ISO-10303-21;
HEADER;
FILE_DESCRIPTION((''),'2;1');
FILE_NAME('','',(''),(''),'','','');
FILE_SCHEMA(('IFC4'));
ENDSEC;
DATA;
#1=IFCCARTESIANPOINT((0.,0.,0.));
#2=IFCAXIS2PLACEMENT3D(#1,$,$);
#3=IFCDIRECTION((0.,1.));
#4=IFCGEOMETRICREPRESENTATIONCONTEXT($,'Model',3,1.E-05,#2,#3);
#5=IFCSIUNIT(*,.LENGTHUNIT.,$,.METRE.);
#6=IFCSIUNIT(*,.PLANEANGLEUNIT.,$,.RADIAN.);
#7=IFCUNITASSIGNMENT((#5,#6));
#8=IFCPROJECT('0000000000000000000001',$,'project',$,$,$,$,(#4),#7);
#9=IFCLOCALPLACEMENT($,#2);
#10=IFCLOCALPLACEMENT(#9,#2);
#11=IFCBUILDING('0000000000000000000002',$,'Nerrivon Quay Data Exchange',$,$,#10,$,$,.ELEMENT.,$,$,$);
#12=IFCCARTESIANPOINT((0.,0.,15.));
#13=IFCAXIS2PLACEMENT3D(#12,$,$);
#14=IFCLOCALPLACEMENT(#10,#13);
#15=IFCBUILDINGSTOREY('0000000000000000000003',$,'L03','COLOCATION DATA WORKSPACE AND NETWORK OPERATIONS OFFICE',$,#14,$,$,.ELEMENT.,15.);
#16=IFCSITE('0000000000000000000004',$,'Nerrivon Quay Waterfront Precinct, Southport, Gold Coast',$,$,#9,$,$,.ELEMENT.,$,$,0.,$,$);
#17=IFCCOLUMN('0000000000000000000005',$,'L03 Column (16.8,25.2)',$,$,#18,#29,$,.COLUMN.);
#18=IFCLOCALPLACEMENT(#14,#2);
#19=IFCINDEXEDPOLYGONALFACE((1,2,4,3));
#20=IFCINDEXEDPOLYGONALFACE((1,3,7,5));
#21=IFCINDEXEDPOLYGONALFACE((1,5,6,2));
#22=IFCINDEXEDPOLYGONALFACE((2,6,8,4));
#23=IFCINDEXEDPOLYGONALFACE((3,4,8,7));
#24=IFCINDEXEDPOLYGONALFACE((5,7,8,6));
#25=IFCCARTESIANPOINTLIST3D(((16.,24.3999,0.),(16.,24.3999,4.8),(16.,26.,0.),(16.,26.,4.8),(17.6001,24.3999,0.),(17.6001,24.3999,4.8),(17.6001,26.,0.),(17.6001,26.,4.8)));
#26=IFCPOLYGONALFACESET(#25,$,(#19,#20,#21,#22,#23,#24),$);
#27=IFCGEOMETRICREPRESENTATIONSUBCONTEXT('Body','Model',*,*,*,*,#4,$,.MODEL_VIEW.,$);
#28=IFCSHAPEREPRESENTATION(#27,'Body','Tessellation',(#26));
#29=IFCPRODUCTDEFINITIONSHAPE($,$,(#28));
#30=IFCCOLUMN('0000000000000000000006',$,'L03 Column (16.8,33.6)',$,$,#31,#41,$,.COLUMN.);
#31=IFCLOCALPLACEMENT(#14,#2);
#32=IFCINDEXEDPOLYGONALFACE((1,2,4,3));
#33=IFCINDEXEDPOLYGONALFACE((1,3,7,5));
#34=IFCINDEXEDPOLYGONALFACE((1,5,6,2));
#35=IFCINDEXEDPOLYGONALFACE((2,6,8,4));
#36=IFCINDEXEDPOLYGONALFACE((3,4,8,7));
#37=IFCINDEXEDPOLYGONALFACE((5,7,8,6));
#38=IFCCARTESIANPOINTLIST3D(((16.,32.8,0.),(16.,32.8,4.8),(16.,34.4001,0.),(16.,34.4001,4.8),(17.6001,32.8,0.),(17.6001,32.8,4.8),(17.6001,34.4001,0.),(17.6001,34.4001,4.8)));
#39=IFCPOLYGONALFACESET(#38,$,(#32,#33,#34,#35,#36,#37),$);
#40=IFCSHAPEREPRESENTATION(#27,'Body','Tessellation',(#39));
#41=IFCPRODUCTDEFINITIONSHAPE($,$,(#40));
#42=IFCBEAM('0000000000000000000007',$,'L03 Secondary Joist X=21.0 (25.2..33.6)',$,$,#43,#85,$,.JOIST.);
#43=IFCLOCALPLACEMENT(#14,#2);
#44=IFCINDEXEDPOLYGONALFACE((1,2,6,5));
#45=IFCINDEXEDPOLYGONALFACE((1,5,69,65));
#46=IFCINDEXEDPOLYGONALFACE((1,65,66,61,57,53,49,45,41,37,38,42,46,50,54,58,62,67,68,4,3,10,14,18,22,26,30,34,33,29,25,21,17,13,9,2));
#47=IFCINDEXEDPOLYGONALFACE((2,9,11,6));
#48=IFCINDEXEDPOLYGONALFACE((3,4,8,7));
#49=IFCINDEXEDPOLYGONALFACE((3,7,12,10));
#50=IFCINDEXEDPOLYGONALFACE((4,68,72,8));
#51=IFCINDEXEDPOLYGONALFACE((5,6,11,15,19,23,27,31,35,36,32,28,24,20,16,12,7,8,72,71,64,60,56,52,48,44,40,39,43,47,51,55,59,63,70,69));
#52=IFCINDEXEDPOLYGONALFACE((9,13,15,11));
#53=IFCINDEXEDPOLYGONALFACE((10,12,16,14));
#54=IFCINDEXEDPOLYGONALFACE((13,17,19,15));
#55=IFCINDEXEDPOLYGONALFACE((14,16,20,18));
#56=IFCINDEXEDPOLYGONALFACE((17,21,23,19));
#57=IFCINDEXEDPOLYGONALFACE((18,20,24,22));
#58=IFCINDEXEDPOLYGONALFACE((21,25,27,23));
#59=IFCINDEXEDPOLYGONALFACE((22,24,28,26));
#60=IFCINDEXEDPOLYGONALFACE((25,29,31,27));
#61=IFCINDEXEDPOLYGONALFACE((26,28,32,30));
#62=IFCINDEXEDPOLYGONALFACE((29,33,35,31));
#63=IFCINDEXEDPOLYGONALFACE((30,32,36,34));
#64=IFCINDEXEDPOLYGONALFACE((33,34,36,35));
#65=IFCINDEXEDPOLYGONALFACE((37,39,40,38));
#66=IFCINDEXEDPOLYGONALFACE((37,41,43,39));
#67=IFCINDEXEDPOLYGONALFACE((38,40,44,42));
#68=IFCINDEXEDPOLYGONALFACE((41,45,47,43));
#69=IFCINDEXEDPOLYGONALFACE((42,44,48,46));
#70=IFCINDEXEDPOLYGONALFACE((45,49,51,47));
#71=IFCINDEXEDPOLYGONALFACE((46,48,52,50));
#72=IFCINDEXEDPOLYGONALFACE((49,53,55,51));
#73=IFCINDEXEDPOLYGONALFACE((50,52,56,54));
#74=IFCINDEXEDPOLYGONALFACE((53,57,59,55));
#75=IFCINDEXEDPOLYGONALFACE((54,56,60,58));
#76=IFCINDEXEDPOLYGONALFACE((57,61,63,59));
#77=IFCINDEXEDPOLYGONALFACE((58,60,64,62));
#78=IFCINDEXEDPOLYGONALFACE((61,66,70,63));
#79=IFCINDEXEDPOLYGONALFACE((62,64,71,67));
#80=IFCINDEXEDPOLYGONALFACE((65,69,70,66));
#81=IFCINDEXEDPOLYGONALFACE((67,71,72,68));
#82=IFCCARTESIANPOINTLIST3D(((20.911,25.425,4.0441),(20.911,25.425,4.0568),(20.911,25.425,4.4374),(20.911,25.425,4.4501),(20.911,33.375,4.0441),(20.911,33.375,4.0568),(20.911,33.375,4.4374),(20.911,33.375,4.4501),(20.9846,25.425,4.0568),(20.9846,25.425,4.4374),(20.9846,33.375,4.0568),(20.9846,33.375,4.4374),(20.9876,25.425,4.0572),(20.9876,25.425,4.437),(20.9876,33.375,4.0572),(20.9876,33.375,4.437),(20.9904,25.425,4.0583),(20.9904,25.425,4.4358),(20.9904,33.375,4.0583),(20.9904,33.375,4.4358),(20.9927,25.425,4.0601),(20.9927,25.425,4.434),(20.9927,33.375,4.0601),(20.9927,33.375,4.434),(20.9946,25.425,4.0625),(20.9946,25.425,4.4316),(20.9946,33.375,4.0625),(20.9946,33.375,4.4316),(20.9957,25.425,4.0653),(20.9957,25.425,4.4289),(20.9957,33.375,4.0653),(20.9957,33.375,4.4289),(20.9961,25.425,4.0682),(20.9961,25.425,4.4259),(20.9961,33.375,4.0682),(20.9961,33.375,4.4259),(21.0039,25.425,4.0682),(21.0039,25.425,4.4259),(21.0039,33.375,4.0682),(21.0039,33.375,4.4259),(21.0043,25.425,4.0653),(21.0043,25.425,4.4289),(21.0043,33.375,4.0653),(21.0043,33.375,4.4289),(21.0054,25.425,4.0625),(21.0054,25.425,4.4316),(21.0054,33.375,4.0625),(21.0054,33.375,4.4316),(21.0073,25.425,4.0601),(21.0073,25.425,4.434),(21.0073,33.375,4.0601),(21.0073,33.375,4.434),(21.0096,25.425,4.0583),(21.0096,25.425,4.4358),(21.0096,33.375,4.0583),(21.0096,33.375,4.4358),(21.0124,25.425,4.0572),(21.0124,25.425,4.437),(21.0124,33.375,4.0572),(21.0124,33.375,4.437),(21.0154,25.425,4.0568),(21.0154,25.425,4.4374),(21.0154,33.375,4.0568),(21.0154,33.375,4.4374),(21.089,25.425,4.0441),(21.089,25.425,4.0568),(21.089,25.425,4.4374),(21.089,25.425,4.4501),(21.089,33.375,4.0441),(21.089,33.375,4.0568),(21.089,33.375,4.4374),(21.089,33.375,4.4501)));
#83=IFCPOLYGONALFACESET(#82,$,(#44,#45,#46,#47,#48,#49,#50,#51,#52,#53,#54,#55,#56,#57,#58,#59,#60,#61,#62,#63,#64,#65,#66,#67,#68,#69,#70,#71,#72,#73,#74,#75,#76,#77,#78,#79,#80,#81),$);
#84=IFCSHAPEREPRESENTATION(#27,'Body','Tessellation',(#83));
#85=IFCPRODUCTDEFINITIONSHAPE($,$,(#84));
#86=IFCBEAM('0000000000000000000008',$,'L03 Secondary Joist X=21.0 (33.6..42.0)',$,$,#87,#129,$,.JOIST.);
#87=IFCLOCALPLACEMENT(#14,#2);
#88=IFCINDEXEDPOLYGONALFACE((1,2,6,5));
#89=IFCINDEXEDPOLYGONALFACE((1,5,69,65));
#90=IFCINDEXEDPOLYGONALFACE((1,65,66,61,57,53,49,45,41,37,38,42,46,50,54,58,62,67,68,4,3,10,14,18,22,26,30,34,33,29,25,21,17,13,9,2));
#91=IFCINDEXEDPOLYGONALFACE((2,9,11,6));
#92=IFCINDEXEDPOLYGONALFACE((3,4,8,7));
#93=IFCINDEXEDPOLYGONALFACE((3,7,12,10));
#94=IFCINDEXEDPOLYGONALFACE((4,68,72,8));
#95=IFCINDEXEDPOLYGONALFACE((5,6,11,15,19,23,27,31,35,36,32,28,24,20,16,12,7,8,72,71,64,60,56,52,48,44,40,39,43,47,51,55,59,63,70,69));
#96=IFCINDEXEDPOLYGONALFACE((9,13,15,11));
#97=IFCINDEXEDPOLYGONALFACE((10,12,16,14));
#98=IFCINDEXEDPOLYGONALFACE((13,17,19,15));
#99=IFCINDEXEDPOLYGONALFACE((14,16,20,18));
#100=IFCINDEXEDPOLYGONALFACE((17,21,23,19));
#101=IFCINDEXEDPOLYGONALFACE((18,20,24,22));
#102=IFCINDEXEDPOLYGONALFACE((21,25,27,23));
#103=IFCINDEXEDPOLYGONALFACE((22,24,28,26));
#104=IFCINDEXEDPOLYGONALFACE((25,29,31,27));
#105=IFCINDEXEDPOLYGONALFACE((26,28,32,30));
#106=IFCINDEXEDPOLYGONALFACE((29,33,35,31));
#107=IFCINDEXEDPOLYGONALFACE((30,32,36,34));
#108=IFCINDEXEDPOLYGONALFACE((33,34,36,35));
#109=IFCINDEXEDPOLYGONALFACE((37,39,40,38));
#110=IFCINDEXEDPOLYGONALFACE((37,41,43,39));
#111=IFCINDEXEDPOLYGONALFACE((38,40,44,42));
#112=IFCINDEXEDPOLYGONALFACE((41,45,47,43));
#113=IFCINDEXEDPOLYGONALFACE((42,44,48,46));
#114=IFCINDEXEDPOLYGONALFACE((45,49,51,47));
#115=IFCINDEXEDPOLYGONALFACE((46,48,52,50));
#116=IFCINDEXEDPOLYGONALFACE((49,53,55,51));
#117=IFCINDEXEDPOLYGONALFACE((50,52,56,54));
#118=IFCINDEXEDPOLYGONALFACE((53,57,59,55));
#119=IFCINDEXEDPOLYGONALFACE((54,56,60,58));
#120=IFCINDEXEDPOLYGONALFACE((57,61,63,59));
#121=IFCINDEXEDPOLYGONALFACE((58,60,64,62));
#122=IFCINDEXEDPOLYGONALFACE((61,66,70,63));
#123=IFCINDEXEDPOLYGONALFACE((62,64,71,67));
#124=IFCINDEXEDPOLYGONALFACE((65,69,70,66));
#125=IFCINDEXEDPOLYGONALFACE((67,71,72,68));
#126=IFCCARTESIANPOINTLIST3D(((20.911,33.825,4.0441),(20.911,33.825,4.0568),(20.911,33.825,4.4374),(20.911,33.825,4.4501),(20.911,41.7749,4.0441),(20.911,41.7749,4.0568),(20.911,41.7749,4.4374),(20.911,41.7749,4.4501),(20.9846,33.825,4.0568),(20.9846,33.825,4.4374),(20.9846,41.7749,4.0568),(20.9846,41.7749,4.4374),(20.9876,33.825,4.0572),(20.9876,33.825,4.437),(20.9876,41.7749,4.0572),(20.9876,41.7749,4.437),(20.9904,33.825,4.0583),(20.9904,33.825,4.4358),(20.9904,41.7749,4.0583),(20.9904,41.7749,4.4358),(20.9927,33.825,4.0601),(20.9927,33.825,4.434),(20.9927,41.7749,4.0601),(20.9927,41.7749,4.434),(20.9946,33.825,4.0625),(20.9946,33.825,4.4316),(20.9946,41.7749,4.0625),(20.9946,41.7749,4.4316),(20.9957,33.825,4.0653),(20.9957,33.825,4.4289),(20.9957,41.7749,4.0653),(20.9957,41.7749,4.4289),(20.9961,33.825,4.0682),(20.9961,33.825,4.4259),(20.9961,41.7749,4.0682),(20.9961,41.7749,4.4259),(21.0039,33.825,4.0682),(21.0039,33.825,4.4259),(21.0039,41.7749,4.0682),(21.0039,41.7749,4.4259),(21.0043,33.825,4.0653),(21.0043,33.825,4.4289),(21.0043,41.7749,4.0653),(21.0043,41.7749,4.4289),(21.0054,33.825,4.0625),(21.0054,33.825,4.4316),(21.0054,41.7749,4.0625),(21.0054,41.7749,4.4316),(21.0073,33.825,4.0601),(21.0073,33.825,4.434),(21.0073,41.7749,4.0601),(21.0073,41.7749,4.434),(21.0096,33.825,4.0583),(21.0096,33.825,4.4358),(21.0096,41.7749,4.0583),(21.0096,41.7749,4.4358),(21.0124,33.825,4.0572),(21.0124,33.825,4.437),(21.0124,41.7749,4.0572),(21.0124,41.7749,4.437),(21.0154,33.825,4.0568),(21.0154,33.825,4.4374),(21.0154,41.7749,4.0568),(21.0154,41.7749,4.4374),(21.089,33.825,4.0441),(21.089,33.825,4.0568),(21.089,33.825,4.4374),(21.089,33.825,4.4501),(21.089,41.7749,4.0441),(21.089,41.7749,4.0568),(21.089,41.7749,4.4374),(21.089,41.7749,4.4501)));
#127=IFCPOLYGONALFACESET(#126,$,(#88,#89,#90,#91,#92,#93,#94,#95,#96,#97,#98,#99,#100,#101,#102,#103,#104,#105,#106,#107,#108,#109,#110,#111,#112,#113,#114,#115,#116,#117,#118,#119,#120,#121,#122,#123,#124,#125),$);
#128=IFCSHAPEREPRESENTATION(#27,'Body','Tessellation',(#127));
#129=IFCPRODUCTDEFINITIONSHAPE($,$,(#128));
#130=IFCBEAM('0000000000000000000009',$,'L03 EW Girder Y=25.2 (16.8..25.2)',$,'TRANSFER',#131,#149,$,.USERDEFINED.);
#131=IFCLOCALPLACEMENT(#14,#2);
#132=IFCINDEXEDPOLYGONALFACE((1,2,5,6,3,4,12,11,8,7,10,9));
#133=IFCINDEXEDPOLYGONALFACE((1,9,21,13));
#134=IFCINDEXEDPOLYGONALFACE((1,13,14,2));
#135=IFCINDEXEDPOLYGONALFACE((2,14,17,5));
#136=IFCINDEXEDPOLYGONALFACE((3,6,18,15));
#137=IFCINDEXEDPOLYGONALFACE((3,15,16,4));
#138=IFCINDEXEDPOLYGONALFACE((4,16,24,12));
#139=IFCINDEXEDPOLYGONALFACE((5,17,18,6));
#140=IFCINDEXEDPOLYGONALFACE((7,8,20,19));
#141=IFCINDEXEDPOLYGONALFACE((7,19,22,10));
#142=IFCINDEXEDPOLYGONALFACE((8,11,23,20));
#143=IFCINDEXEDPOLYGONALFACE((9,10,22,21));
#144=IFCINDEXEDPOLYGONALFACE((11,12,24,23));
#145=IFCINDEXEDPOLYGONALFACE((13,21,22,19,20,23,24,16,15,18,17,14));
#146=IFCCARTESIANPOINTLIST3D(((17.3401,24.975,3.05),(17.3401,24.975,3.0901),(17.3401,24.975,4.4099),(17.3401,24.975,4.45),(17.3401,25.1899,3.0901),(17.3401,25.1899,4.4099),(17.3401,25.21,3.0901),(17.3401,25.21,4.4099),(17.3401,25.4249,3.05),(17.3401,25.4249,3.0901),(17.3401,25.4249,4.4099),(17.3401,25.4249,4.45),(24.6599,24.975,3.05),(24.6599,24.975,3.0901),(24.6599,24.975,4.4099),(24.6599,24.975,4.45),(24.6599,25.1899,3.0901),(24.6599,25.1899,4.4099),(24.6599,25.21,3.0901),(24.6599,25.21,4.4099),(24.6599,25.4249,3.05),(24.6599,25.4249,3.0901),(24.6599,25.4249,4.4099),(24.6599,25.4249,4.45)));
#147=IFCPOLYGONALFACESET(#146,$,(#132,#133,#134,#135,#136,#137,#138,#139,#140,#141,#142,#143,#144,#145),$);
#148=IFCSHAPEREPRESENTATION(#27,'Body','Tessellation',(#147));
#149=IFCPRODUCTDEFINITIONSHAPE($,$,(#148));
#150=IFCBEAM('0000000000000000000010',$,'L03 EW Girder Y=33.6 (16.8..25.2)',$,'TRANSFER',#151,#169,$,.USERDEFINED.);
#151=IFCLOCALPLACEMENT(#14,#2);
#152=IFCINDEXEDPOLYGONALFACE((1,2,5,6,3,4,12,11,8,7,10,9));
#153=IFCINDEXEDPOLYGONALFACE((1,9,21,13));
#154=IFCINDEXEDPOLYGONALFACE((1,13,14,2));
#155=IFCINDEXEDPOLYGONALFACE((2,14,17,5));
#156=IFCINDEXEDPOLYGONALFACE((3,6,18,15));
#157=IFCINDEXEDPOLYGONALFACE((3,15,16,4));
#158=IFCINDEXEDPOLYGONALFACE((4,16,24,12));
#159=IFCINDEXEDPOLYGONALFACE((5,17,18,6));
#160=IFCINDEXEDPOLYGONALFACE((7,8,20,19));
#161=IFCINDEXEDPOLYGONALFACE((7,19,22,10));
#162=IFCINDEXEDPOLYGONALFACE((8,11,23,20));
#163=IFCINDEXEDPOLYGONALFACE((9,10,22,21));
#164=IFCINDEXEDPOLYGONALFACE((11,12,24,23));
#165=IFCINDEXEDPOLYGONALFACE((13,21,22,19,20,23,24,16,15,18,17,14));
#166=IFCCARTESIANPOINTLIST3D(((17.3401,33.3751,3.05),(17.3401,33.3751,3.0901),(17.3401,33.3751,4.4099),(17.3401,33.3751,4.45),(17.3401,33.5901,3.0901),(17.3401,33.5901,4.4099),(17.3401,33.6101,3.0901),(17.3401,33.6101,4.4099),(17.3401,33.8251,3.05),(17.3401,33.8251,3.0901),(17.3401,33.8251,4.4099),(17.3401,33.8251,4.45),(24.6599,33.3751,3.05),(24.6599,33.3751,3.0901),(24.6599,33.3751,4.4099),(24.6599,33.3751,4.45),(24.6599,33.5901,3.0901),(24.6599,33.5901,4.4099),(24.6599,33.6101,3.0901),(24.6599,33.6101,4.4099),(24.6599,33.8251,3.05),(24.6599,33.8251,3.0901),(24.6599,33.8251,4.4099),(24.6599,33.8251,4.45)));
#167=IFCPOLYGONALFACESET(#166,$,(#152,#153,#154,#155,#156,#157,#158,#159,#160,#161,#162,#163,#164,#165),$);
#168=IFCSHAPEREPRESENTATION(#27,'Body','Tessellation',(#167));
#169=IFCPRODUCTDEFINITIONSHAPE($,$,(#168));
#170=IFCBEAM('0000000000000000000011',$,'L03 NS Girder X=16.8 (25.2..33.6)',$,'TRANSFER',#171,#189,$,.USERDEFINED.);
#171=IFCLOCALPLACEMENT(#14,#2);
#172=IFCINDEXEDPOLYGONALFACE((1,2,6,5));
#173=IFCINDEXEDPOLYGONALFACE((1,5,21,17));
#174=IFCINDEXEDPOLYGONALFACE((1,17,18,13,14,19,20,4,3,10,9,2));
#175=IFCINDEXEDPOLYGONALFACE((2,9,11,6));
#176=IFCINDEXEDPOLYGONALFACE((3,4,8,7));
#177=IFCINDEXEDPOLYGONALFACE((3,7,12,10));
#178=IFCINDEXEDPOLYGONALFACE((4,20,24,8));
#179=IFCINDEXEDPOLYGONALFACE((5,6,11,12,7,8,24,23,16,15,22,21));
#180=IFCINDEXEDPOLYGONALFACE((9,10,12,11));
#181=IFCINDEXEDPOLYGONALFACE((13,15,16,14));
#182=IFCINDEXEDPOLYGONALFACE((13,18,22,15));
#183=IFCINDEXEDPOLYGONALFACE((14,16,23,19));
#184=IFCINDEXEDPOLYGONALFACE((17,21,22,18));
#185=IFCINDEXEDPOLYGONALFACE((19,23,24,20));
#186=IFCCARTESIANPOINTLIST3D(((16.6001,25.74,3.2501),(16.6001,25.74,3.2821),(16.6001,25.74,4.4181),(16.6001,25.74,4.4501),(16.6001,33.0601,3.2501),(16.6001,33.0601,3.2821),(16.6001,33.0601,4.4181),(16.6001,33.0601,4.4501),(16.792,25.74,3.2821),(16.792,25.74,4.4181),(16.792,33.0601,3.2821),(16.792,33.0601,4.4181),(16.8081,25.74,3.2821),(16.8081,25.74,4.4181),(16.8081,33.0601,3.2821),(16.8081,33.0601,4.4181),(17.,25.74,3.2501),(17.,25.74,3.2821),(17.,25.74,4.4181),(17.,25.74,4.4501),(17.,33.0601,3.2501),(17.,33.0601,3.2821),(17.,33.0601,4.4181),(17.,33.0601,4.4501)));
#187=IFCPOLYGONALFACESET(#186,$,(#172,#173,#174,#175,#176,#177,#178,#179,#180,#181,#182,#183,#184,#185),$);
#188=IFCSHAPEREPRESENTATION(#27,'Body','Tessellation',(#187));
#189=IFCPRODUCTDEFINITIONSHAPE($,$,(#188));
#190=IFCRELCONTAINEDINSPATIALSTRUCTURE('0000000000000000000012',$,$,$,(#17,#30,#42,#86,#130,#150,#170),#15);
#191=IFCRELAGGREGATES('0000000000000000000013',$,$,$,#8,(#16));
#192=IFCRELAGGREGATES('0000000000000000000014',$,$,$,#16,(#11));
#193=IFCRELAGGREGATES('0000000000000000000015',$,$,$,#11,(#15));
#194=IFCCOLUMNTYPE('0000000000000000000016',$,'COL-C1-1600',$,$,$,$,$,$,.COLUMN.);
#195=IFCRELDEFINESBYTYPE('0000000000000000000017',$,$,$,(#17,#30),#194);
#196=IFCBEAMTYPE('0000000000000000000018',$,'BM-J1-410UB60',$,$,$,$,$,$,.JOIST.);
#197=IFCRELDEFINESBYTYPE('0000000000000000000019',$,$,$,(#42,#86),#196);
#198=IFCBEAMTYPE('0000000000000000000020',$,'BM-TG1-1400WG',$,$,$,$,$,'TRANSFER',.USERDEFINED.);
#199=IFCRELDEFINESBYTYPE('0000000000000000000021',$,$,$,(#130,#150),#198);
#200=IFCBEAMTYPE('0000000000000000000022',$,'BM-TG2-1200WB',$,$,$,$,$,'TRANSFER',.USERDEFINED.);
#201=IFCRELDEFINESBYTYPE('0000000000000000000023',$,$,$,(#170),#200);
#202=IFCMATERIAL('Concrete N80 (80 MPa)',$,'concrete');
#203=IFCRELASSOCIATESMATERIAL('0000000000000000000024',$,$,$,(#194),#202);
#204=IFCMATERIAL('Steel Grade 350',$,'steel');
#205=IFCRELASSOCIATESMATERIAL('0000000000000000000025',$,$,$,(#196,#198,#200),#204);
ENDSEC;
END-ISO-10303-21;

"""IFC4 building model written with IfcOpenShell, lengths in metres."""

from ifc_helpers import new_model, si_unit, direction, frame, origin, origin_2d, place, context, subcontext, project, spatial, rectangle, i_section, extrude, material, material_profile, profile_set, type_object, element, save


model = new_model("IFC4")

# Units and contexts
model_context = context("Model", 3, precision=1e-05, world=origin(), true_north=direction((0.0, 1.0)))
body_context = subcontext(model_context, "Body", "Model", "MODEL_VIEW")
ifc_project = project(units=[si_unit("LENGTHUNIT", "METRE"), si_unit("PLANEANGLEUNIT", "RADIAN")], contexts=[model_context])

# Site, building, storey
site_placement = place(None, origin())
site = spatial("IfcSite", under=ifc_project, at=site_placement, Name="Nerrivon Quay Waterfront Precinct, Southport, Gold Coast", CompositionType="ELEMENT", RefElevation=0.0)
building_placement = place(site_placement, origin())
building = spatial("IfcBuilding", under=site, at=building_placement, Name="Nerrivon Quay Data Exchange", CompositionType="ELEMENT")
storey_placement = place(building_placement, frame((0.0, 0.0, 15.0)))
storey = spatial("IfcBuildingStorey", under=building, at=storey_placement, Name="L03", Description="COLOCATION DATA WORKSPACE AND NETWORK OPERATIONS OFFICE", CompositionType="ELEMENT", Elevation=15.0)

# Columns
ifc_material_1 = material(Name="Concrete N80 (80 MPa)", Category="concrete")
ifc_material_profile_1 = material_profile(ifc_material_1, rectangle(XDim=1.6001, YDim=1.6001, at=origin_2d()), Name="RC-COL-1600x1600")
ifc_profile_set_1 = profile_set([ifc_material_profile_1], Name="Concrete N80 (80 MPa)")
column_type = type_object("IfcColumnType", Name="COL-C1-1600", PredefinedType="COLUMN", material=ifc_profile_set_1)
for number, where, z_axis, x_axis, name in (
    (1, (16.8, 25.2, 0.0), (0.0, 0.0, 1.0), (1.0, 0.0, 0.0), "L03 Column (16.8,25.2)"),
    (2, (16.8, 33.6001, 0.0), (0.0, 0.0, 1.0), (1.0, 0.0, 0.0), "L03 Column (16.8,33.6)"),
):
    element("IfcColumn", number, at=place(storey_placement, frame(where, z_axis=z_axis, x_axis=x_axis)), inside=storey, type_object=column_type, Name=name, PredefinedType="COLUMN", context=body_context, shape_type="SweptSolid", body=[
        extrude(rectangle(XDim=1.6001, YDim=1.6001, at=origin_2d()), origin(), (0.0, 0.0, 1.0), 4.8),
    ])

# Beams
ifc_material_2 = material(Name="Steel Grade 350", Category="steel")
ifc_material_profile_2 = material_profile(ifc_material_2, i_section(OverallWidth=0.178, OverallDepth=0.406, WebThickness=0.0078, FlangeThickness=0.0127, FilletRadius=0.0115, at=origin_2d()), Name="410UB59.7")
ifc_profile_set_2 = profile_set([ifc_material_profile_2], Name="Steel Grade 350")
beam_type_1 = type_object("IfcBeamType", Name="BM-J1-410UB60", PredefinedType="JOIST", material=ifc_profile_set_2)
for number, where, z_axis, x_axis, name in (
    (3, (21.0, 25.425, 4.2471), (0.0, 1.0, 0.0), (-1.0, 0.0, 0.0), "L03 Secondary Joist X=21.0 (25.2..33.6)"),
    (4, (21.0, 33.825, 4.2471), (0.0, 1.0, 0.0), (-1.0, 0.0, 0.0), "L03 Secondary Joist X=21.0 (33.6..42.0)"),
):
    element("IfcBeam", number, at=place(storey_placement, frame(where, z_axis=z_axis, x_axis=x_axis)), inside=storey, type_object=beam_type_1, Name=name, PredefinedType="JOIST", context=body_context, shape_type="SweptSolid", body=[
        extrude(i_section(OverallWidth=0.178, OverallDepth=0.406, WebThickness=0.0078, FlangeThickness=0.0127, FilletRadius=0.0115, at=origin_2d()), origin(), (0.0, 0.0, 1.0), 7.95),
    ])
ifc_material_profile_3 = material_profile(ifc_material_2, i_section(OverallWidth=0.45, OverallDepth=1.3999, WebThickness=0.02, FlangeThickness=0.04, at=origin_2d()), Name="1400WG455")
ifc_profile_set_3 = profile_set([ifc_material_profile_3], Name="Steel Grade 350")
beam_type_2 = type_object("IfcBeamType", Name="BM-TG1-1400WG", ElementType="TRANSFER", PredefinedType="USERDEFINED", material=ifc_profile_set_3)
for number, where, z_axis, x_axis, name in (
    (5, (17.3401, 25.2, 3.75), (1.0, 0.0, 0.0), (0.0, 1.0, 0.0), "L03 EW Girder Y=25.2 (16.8..25.2)"),
    (6, (17.3401, 33.6001, 3.75), (1.0, 0.0, 0.0), (0.0, 1.0, 0.0), "L03 EW Girder Y=33.6 (16.8..25.2)"),
):
    element("IfcBeam", number, at=place(storey_placement, frame(where, z_axis=z_axis, x_axis=x_axis)), inside=storey, type_object=beam_type_2, Name=name, ObjectType="TRANSFER", PredefinedType="USERDEFINED", context=body_context, shape_type="SweptSolid", body=[
        extrude(i_section(OverallWidth=0.45, OverallDepth=1.3999, WebThickness=0.02, FlangeThickness=0.04, at=origin_2d()), origin(), (0.0, 0.0, 1.0), 7.3198),
    ])
ifc_material_profile_4 = material_profile(ifc_material_2, i_section(OverallWidth=0.3999, OverallDepth=1.2, WebThickness=0.0161, FlangeThickness=0.032, at=origin_2d()), Name="1200WB342")
ifc_profile_set_4 = profile_set([ifc_material_profile_4], Name="Steel Grade 350")
beam_type_3 = type_object("IfcBeamType", Name="BM-TG2-1200WB", ElementType="TRANSFER", PredefinedType="USERDEFINED", material=ifc_profile_set_4)
for number, where, z_axis, x_axis, name in (
    (7, (16.8, 25.74, 3.8501), (0.0, 1.0, 0.0), (-1.0, 0.0, 0.0), "L03 NS Girder X=16.8 (25.2..33.6)"),
):
    element("IfcBeam", number, at=place(storey_placement, frame(where, z_axis=z_axis, x_axis=x_axis)), inside=storey, type_object=beam_type_3, Name=name, ObjectType="TRANSFER", PredefinedType="USERDEFINED", context=body_context, shape_type="SweptSolid", body=[
        extrude(i_section(OverallWidth=0.3999, OverallDepth=1.2, WebThickness=0.0161, FlangeThickness=0.032, at=origin_2d()), origin(), (0.0, 0.0, 1.0), 7.3201),
    ])

save(model, "model.ifc")
